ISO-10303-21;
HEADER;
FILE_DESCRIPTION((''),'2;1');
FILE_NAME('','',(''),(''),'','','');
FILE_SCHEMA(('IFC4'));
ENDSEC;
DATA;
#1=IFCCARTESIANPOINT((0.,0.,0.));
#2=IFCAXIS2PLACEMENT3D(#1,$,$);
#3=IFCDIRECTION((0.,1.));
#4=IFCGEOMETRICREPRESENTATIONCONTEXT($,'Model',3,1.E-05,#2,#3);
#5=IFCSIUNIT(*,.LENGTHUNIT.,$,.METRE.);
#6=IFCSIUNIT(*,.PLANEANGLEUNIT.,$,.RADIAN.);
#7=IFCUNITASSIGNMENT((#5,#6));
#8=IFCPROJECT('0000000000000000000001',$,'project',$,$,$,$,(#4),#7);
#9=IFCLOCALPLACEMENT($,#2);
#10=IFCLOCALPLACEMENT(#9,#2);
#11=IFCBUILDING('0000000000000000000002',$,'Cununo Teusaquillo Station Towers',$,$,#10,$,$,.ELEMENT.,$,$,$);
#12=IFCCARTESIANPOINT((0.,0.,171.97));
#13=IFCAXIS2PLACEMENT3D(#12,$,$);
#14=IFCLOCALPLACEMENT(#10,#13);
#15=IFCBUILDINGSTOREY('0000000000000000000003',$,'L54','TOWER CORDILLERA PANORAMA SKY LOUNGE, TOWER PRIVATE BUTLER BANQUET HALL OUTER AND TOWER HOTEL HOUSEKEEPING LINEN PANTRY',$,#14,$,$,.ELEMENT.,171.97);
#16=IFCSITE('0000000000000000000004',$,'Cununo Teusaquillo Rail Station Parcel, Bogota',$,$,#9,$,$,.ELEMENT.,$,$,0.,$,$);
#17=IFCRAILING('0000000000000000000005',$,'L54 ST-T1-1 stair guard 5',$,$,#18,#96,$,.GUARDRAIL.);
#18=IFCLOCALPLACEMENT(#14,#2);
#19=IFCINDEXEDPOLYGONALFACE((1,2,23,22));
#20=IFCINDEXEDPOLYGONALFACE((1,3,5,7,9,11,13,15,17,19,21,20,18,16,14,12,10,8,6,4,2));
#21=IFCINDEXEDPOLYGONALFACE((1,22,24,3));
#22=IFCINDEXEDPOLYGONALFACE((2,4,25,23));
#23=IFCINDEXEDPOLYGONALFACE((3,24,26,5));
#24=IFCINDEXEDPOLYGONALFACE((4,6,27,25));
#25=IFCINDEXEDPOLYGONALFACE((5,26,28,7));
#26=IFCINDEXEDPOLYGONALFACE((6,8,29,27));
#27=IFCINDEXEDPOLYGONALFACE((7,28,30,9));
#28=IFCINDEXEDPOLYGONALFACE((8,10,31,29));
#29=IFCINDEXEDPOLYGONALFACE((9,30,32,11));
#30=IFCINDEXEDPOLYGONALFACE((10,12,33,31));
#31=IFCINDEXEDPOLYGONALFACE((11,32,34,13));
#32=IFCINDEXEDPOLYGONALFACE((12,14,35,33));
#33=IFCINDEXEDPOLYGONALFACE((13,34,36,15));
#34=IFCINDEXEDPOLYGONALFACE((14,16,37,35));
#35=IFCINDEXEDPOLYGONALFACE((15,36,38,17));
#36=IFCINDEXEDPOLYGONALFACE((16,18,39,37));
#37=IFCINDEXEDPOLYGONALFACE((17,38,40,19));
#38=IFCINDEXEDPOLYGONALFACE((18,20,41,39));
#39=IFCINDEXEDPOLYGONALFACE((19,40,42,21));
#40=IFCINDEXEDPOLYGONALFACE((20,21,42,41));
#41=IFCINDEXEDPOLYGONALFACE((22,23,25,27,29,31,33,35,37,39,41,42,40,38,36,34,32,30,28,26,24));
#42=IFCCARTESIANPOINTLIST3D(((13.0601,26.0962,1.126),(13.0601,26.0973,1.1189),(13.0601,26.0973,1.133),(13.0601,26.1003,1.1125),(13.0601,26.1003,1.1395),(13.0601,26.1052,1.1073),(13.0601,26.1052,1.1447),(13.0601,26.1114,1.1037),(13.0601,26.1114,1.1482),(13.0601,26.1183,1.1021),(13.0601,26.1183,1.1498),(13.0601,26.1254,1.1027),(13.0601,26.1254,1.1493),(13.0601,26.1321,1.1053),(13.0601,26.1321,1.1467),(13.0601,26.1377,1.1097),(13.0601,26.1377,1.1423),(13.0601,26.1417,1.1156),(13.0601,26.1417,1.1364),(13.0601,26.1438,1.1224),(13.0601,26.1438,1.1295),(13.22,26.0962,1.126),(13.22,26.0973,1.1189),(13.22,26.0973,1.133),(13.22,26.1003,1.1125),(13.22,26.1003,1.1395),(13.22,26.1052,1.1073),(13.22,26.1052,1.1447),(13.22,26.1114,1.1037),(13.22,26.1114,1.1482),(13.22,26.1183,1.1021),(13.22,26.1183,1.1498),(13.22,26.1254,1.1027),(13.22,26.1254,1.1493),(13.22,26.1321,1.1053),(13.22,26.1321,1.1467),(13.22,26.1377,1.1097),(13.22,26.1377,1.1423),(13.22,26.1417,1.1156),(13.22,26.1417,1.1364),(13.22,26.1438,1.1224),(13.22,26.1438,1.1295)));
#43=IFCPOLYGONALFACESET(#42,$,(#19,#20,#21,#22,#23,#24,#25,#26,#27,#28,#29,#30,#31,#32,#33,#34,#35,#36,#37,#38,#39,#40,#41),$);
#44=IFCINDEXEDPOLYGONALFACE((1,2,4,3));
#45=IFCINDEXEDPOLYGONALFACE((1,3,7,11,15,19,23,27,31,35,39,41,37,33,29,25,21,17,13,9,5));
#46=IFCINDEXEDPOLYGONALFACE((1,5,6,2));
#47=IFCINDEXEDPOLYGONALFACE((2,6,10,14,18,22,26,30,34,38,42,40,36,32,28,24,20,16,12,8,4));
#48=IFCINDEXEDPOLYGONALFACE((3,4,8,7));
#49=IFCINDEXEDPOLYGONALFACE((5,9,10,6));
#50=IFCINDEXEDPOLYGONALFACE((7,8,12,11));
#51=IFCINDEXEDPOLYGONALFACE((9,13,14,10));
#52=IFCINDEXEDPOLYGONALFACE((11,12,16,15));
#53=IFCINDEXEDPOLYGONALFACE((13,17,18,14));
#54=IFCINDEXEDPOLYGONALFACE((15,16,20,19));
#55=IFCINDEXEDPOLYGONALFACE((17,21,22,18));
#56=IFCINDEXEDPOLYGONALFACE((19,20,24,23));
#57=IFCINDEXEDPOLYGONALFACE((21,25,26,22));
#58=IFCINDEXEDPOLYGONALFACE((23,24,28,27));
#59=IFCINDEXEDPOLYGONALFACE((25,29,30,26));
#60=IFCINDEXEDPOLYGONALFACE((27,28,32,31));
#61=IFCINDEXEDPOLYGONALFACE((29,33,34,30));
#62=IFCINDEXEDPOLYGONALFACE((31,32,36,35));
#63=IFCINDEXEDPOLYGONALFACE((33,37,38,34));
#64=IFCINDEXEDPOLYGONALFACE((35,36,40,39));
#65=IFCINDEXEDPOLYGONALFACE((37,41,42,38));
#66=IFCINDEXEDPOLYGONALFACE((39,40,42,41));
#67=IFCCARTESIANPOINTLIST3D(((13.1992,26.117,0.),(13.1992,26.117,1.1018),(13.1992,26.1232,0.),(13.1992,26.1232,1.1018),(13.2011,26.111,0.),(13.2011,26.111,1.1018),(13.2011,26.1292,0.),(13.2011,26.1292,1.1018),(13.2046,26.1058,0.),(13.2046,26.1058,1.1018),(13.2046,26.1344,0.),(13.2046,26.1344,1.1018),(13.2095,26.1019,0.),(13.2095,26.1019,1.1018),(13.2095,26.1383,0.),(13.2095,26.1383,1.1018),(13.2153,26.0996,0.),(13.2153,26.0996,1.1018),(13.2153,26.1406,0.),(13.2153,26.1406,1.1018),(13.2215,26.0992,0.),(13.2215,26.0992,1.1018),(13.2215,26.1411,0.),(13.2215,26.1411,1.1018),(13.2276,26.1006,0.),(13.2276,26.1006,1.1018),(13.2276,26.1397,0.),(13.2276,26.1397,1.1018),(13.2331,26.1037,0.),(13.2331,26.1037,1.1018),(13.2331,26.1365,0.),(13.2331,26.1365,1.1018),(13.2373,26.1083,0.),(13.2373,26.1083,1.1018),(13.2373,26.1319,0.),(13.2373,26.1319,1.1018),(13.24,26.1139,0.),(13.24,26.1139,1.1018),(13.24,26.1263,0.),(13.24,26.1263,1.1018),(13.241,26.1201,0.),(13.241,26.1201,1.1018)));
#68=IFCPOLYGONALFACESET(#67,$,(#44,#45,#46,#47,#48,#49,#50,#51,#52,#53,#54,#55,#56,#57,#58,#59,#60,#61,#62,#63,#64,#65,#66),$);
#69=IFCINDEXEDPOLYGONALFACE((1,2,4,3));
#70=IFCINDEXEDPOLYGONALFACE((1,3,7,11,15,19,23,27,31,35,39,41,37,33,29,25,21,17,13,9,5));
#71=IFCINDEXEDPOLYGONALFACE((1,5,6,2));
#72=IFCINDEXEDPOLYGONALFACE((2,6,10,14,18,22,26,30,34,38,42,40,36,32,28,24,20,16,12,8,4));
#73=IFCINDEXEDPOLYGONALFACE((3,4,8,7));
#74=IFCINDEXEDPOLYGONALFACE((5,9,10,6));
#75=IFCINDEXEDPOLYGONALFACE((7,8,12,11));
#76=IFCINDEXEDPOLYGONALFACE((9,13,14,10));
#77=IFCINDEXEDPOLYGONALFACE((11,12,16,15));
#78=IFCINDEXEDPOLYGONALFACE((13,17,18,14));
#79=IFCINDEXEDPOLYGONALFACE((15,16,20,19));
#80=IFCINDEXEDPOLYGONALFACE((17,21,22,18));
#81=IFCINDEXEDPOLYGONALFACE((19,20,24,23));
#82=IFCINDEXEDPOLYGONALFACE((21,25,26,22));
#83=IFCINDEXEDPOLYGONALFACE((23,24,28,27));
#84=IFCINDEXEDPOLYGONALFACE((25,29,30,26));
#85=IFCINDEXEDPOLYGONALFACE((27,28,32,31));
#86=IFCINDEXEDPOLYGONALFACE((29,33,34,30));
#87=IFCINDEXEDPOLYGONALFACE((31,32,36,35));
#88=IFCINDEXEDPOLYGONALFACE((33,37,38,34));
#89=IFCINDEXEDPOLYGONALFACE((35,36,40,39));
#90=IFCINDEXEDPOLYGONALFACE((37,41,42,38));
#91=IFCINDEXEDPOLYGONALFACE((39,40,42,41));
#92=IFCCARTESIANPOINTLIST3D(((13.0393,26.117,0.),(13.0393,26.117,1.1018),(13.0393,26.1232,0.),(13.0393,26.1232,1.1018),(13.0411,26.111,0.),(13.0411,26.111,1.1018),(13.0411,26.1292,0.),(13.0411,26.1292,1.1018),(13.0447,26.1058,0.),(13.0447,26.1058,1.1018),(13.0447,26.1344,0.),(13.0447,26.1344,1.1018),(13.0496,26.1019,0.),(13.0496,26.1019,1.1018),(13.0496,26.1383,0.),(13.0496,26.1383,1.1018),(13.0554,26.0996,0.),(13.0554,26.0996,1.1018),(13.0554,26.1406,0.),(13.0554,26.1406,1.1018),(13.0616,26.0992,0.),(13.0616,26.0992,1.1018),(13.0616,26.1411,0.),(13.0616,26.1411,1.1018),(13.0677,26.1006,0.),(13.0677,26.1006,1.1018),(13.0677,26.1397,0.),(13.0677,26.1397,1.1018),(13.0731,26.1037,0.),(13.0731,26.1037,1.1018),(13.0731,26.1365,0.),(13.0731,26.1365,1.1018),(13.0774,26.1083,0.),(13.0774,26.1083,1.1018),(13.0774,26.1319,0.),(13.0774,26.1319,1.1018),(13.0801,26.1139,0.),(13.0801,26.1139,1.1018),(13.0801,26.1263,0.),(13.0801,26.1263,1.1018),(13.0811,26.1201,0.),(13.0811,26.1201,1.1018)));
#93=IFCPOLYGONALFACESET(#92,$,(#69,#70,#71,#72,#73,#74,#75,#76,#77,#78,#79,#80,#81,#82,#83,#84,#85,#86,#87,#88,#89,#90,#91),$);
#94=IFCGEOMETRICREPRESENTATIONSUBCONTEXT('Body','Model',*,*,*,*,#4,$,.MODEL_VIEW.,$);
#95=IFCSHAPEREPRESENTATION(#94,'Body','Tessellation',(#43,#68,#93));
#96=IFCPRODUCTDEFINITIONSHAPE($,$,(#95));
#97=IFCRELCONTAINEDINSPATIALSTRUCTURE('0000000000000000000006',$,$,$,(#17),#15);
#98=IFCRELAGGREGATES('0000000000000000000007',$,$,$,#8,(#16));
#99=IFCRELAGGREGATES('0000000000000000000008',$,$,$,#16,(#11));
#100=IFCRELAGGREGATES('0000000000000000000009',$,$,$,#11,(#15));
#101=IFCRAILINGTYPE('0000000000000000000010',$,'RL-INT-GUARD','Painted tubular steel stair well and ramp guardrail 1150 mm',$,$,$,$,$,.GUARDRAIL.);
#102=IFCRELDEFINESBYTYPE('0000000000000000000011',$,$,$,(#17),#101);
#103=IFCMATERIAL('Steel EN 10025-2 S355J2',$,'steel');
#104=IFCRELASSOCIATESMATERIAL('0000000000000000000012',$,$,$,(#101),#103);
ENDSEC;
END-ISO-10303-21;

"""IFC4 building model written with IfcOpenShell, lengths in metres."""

from ifc_helpers import new_model, si_unit, direction, frame, origin, origin_2d, place, context, subcontext, project, spatial, circle, extrude, material, type_object, element, save


model = new_model("IFC4")

# Units and contexts
model_context = context("Model", 3, precision=1e-05, world=origin(), true_north=direction((0.0, 1.0)))
body_context = subcontext(model_context, "Body", "Model", "MODEL_VIEW")
ifc_project = project(units=[si_unit("LENGTHUNIT", "METRE"), si_unit("PLANEANGLEUNIT", "RADIAN")], contexts=[model_context])

# Site, building, storey
site_placement = place(None, origin())
site = spatial("IfcSite", under=ifc_project, at=site_placement, Name="Cununo Teusaquillo Rail Station Parcel, Bogota", CompositionType="ELEMENT", RefElevation=0.0)
building_placement = place(site_placement, origin())
building = spatial("IfcBuilding", under=site, at=building_placement, Name="Cununo Teusaquillo Station Towers", CompositionType="ELEMENT")
storey_placement = place(building_placement, frame((0.0, 0.0, 171.97)))
storey = spatial("IfcBuildingStorey", under=building, at=storey_placement, Name="L54", Description="TOWER CORDILLERA PANORAMA SKY LOUNGE, TOWER PRIVATE BUTLER BANQUET HALL OUTER AND TOWER HOTEL HOUSEKEEPING LINEN PANTRY", CompositionType="ELEMENT", Elevation=171.97)

# Railing
ifc_material_1 = material(Name="Steel EN 10025-2 S355J2", Category="steel")
railing_type_1 = type_object("IfcRailingType", Name="RL-INT-GUARD", Description="Painted tubular steel stair well and ramp guardrail 1150 mm", PredefinedType="GUARDRAIL", material=ifc_material_1)
railing_1_placement = place(storey_placement, frame((13.22, 26.1201, 0.0)))
element("IfcRailing", 1, at=railing_1_placement, inside=storey, type_object=railing_type_1, Name="L54 ST-T1-1 stair guard 5", PredefinedType="GUARDRAIL", context=body_context, shape_type="SweptSolid", body=[
    extrude(circle(Radius=0.0239, at=origin_2d()), frame((0.0, 0.0, 1.126), z_axis=(-1.0, 0.0, 0.0), x_axis=(0.0, -1.0, 0.0)), (0.0, 0.0, 1.0), 0.1599),
    extrude(circle(Radius=0.021, at=origin_2d()), origin(), (0.0, 0.0, 1.0), 1.1018),
    extrude(circle(Radius=0.021, at=origin_2d()), frame((-0.1599, 0.0, 0.0)), (0.0, 0.0, 1.0), 1.1018),
])

save(model, "model.ifc")
